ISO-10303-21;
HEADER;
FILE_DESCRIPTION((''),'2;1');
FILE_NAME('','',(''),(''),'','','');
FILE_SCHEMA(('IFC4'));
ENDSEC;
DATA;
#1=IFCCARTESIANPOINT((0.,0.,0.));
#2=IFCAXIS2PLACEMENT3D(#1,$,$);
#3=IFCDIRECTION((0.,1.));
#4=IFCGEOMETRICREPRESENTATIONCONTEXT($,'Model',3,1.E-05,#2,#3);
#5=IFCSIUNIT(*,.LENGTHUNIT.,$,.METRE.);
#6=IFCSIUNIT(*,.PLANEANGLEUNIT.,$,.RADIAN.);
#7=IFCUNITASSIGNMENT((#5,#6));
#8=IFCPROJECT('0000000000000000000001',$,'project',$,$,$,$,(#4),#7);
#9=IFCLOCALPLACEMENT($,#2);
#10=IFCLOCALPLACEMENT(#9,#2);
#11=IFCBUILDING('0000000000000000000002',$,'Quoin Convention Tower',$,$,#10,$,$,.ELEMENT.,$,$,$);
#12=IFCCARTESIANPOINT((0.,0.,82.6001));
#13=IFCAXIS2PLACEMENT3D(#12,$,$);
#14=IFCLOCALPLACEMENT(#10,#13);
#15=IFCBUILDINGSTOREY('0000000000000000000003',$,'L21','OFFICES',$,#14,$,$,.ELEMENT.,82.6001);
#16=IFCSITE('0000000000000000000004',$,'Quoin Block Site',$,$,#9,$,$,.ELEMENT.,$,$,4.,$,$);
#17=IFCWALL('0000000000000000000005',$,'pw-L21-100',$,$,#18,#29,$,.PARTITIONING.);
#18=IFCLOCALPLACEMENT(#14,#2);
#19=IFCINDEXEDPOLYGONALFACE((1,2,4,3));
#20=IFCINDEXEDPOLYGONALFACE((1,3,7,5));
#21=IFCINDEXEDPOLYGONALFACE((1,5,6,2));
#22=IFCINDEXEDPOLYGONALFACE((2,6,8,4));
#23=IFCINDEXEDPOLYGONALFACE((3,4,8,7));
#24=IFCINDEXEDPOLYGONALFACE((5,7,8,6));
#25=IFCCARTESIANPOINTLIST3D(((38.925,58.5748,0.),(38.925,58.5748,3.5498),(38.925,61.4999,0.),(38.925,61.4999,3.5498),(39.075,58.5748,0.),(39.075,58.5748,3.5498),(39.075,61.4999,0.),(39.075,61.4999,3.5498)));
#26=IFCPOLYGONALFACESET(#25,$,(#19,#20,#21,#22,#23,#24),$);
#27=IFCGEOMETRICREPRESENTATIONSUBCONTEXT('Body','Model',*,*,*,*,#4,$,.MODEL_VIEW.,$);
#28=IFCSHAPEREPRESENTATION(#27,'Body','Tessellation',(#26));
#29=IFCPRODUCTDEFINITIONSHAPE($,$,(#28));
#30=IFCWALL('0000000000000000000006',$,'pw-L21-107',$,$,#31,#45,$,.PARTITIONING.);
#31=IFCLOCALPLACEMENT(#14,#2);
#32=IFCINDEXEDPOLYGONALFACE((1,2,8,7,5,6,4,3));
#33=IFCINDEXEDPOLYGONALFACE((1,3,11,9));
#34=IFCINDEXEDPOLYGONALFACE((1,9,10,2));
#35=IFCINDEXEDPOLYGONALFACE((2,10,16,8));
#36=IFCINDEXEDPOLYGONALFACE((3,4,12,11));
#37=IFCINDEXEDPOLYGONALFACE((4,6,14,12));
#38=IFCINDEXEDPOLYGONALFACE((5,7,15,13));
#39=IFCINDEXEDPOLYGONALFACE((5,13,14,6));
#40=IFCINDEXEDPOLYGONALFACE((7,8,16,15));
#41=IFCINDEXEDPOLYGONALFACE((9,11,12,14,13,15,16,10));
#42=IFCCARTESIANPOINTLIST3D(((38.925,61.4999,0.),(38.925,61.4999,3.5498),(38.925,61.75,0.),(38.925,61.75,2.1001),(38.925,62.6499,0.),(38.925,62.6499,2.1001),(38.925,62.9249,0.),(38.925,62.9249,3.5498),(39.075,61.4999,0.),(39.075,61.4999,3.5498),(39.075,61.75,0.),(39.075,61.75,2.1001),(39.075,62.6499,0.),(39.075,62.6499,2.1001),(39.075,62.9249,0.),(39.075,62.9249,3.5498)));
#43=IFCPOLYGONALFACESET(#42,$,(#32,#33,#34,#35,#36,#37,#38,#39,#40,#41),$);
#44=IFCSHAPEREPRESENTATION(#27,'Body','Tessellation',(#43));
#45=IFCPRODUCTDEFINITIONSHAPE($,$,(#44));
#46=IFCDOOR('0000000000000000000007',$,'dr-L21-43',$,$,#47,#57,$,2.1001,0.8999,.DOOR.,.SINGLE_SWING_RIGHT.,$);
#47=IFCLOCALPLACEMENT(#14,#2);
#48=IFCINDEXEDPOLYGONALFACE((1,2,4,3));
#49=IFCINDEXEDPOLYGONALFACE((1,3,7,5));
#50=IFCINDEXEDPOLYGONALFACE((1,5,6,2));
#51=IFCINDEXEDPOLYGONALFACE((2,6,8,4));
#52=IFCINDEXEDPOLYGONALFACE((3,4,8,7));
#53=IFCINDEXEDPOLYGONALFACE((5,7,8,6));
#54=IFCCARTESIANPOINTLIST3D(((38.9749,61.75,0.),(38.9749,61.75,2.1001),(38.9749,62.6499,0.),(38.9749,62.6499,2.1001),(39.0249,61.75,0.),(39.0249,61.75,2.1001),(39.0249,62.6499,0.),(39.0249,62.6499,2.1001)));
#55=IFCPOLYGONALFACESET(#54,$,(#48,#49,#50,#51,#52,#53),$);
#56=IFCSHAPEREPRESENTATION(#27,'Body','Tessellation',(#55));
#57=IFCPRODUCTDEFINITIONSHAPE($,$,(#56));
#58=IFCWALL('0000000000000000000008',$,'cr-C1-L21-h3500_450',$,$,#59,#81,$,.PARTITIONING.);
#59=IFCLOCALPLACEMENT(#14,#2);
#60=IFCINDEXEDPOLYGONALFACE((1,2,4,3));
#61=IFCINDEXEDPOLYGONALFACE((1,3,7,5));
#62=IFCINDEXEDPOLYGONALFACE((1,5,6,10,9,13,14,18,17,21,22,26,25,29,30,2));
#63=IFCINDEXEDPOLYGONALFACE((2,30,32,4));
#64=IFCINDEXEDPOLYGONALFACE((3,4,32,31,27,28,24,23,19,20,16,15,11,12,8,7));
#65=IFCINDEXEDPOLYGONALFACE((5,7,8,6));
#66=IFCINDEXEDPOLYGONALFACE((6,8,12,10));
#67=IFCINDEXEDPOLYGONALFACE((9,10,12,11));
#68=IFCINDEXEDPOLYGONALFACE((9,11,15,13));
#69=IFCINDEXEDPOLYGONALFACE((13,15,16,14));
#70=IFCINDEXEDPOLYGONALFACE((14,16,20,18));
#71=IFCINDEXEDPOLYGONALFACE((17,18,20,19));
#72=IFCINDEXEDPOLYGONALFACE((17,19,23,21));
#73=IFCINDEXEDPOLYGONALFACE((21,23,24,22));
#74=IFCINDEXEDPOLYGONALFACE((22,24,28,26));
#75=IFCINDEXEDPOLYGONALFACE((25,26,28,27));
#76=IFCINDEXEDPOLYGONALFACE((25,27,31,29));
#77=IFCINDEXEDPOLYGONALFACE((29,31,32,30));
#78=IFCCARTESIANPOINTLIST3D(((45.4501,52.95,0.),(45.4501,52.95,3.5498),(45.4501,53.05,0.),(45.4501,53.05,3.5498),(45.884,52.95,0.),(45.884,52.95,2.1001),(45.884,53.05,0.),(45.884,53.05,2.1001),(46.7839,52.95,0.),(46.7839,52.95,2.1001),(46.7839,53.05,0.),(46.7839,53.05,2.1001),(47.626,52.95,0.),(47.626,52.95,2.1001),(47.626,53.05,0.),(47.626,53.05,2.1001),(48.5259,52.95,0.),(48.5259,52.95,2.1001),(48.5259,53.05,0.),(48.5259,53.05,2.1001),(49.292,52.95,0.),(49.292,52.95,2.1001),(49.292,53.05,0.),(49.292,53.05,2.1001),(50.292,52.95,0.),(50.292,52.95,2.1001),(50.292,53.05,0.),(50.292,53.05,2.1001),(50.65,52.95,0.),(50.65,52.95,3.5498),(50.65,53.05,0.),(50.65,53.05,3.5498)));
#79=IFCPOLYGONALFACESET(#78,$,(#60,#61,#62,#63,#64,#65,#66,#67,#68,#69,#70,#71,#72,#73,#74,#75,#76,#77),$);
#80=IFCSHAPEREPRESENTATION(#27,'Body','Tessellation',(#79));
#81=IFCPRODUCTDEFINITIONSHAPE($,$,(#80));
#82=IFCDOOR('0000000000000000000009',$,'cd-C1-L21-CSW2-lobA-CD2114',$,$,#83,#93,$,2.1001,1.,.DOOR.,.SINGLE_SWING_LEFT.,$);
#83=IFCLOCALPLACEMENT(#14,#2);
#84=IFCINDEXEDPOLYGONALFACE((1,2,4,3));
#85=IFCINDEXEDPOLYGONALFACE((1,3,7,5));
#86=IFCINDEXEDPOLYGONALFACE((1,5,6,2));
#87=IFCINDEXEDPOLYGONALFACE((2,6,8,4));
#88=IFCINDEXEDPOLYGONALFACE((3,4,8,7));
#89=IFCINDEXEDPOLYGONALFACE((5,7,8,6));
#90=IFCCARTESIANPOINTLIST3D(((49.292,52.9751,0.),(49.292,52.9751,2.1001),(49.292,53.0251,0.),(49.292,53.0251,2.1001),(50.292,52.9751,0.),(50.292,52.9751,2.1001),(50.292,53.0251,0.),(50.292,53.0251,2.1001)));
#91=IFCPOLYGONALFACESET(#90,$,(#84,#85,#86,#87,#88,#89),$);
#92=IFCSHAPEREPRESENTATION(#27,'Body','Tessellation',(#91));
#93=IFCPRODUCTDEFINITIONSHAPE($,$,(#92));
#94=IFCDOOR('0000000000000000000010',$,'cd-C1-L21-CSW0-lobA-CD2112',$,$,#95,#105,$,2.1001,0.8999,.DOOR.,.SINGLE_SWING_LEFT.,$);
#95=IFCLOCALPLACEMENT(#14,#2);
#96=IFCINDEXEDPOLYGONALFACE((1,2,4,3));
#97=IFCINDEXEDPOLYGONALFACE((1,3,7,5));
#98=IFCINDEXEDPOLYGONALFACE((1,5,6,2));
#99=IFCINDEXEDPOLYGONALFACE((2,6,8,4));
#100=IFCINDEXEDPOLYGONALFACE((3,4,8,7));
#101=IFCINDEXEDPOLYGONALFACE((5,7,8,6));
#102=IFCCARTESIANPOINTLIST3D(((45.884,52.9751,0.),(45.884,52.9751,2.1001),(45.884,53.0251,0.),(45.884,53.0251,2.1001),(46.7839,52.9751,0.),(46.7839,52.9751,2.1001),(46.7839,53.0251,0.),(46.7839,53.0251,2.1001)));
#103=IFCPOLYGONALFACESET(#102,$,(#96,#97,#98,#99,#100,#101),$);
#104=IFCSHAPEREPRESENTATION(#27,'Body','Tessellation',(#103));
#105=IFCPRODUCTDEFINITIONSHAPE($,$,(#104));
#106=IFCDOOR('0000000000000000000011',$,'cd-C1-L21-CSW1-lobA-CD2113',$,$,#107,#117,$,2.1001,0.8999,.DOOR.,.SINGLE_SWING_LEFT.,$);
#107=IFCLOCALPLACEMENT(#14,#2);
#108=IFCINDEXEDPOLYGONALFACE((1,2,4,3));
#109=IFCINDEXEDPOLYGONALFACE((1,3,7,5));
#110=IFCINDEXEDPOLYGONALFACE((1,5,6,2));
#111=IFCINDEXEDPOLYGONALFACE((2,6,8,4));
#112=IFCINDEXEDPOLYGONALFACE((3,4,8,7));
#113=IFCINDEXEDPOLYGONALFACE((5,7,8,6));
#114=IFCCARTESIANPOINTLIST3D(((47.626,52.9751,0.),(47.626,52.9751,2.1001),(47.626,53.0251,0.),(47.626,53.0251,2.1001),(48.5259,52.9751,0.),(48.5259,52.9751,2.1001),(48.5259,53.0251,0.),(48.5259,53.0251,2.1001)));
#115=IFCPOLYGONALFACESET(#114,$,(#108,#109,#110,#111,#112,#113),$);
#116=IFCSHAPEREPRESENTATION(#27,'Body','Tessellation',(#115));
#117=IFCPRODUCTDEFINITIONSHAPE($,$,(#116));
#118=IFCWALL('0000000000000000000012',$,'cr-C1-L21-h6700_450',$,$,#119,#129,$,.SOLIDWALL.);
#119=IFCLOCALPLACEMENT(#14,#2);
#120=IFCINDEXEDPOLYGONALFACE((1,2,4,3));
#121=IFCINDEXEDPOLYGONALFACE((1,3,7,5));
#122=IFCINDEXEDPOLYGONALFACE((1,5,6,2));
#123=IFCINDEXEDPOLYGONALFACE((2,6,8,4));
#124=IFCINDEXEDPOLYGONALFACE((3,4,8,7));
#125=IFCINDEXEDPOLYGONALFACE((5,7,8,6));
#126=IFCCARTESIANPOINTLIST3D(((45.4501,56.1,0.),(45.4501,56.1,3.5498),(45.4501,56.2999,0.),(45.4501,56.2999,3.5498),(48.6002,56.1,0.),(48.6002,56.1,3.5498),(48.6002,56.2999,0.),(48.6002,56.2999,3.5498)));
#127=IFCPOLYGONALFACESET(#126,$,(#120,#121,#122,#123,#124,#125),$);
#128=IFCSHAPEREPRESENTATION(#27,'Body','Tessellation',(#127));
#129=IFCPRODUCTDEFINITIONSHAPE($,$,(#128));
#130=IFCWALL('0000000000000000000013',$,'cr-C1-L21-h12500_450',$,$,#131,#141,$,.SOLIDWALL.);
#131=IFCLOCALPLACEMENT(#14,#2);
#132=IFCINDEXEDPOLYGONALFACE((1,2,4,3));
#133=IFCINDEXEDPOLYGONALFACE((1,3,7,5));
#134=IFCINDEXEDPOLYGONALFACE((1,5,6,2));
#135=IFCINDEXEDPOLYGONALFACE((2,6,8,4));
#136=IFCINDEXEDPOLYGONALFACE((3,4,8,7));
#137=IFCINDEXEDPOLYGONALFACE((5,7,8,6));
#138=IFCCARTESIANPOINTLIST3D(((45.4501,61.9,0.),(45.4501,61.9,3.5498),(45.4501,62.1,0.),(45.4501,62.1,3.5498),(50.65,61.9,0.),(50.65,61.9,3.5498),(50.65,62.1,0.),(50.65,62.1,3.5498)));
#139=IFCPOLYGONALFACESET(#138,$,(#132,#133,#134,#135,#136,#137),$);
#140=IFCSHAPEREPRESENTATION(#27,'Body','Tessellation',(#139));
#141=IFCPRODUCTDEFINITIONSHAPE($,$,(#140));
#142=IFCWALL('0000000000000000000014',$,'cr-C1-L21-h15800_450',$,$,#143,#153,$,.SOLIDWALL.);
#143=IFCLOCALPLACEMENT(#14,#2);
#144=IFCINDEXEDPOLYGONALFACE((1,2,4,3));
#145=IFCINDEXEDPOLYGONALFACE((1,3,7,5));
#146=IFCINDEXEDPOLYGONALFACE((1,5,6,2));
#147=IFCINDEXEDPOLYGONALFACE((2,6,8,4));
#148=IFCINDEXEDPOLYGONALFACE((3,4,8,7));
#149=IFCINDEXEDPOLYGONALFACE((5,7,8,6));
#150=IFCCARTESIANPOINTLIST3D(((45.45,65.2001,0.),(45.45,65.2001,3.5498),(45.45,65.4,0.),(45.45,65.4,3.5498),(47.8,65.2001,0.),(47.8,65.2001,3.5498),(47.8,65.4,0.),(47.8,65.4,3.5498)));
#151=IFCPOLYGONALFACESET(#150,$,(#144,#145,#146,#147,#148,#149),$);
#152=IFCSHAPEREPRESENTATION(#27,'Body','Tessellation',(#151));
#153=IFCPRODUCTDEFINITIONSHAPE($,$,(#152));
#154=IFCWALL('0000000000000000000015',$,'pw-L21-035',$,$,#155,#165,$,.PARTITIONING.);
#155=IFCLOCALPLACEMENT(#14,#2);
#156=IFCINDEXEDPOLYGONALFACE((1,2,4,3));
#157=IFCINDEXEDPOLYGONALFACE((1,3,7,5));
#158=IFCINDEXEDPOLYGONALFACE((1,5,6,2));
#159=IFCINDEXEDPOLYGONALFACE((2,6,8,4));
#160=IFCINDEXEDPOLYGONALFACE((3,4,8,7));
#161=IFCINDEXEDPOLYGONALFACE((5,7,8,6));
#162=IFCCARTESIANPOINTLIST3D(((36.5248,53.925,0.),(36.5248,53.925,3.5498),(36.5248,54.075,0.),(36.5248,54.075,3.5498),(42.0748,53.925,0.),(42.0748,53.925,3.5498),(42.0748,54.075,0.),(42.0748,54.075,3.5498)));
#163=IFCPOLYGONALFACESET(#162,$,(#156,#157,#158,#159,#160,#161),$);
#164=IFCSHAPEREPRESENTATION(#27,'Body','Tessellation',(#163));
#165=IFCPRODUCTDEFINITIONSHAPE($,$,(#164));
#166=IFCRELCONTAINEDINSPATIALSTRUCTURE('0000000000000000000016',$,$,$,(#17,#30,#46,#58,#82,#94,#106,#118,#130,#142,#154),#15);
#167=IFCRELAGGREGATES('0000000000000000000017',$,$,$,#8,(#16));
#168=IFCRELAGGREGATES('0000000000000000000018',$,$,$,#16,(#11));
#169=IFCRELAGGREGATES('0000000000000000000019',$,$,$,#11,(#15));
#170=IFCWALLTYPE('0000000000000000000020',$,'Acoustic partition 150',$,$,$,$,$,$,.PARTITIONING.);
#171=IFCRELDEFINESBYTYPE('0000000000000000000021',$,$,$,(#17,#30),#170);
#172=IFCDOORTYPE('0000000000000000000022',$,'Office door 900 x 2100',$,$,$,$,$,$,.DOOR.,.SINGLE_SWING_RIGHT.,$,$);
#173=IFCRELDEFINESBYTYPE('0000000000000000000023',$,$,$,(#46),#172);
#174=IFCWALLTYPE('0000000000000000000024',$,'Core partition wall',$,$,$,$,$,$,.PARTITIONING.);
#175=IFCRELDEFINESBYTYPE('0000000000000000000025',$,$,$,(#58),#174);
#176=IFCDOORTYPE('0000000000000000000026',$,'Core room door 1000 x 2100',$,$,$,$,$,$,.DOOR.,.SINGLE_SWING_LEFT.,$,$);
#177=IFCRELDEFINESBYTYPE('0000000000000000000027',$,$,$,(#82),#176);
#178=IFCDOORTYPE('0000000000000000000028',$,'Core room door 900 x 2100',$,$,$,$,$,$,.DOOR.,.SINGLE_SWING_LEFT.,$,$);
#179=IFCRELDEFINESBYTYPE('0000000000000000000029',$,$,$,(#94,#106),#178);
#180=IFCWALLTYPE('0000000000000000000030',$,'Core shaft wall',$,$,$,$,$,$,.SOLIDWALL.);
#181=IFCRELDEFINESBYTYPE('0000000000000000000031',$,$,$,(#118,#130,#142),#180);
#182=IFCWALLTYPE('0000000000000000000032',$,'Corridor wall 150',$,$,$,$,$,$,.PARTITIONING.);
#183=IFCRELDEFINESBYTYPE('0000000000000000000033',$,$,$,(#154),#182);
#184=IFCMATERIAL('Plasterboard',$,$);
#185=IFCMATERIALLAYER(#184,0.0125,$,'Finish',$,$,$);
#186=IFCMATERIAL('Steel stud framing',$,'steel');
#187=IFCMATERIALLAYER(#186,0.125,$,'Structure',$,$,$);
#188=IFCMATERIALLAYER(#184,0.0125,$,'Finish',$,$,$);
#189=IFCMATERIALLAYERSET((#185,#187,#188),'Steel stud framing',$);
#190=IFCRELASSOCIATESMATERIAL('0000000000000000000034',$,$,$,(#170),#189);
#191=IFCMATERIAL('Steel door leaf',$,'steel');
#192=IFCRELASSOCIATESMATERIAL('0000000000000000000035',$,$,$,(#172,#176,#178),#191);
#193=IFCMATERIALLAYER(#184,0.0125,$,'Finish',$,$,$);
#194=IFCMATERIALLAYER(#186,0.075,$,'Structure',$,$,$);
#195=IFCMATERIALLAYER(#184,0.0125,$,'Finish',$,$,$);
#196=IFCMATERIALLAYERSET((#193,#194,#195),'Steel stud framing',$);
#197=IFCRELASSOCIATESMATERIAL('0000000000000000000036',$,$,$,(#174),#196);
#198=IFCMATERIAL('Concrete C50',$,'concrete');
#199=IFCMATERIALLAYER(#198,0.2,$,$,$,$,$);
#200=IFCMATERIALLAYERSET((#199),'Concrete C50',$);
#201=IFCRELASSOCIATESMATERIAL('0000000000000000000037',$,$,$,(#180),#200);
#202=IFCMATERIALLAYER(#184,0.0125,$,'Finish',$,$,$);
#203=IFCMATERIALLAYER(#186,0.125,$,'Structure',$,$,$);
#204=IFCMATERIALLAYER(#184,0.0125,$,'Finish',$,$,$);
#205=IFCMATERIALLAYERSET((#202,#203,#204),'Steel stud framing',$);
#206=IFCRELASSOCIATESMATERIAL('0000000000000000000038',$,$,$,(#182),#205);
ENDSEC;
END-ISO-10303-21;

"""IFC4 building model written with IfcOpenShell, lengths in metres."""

from ifc_helpers import new_model, si_unit, direction, frame, frame_2d, origin, place, context, subcontext, project, spatial, rectangle, extrude, material, layer, layer_set, type_object, element, fill, save


model = new_model("IFC4")

# Units and contexts
model_context = context("Model", 3, precision=1e-05, world=origin(), true_north=direction((0.0, 1.0)))
body_context = subcontext(model_context, "Body", "Model", "MODEL_VIEW")
ifc_project = project(units=[si_unit("LENGTHUNIT", "METRE"), si_unit("PLANEANGLEUNIT", "RADIAN")], contexts=[model_context])

# Site, building, storey
site_placement = place(None, origin())
site = spatial("IfcSite", under=ifc_project, at=site_placement, Name="Quoin Block Site", CompositionType="ELEMENT", RefElevation=4.0)
building_placement = place(site_placement, origin())
building = spatial("IfcBuilding", under=site, at=building_placement, Name="Quoin Convention Tower", CompositionType="ELEMENT")
storey_placement = place(building_placement, frame((0.0, 0.0, 82.6001)))
storey = spatial("IfcBuildingStorey", under=building, at=storey_placement, Name="L21", Description="OFFICES", CompositionType="ELEMENT", Elevation=82.6001)

# Wall
ifc_material_1 = material(Name="Plasterboard")
ifc_layer_1 = layer(ifc_material_1, 0.0125, Name="Finish")
ifc_material_2 = material(Name="Steel stud framing", Category="steel")
ifc_layer_2 = layer(ifc_material_2, 0.125, Name="Structure")
ifc_layer_3 = layer(ifc_material_1, 0.0125, Name="Finish")
ifc_layer_set_1 = layer_set([ifc_layer_1, ifc_layer_2, ifc_layer_3], Name="Steel stud framing")
wall_type_1 = type_object("IfcWallType", Name="Acoustic partition 150", PredefinedType="PARTITIONING", material=ifc_layer_set_1)
wall_1_placement = place(storey_placement, frame((39.0, 58.575, 0.0), z_axis=(0.0, 0.0, 1.0), x_axis=(0.0, 1.0, 0.0)))
element("IfcWall", 1, at=wall_1_placement, inside=storey, type_object=wall_type_1, Name="pw-L21-100", PredefinedType="PARTITIONING", context=body_context, shape_type="SweptSolid", body=[
    extrude(rectangle(XDim=2.925, YDim=0.1499, at=frame_2d((1.4624, 0.0))), origin(), (0.0, 0.0, 1.0), 3.5498),
])

# Wall, opening, door
wall_2_placement = place(storey_placement, frame((39.0, 61.5, 0.0), z_axis=(0.0, 0.0, 1.0), x_axis=(0.0, 1.0, 0.0)))
wall_2 = element("IfcWall", 2, at=wall_2_placement, inside=storey, type_object=wall_type_1, Name="pw-L21-107", PredefinedType="PARTITIONING", context=body_context, shape_type="SweptSolid", body=[
    extrude(rectangle(XDim=1.425, YDim=0.1499, at=frame_2d((0.7124, 0.0))), origin(), (0.0, 0.0, 1.0), 3.5498),
])
opening_1_placement = place(wall_2_placement, frame((0.25, 0.0, 0.0)))
opening_1 = element("IfcOpeningElement", 3, at=opening_1_placement, cuts=wall_2, PredefinedType="OPENING", context=body_context, shape_type="SweptSolid", body=[
    extrude(rectangle(XDim=0.8999, YDim=2.1001, at=frame_2d((0.45, 1.05))), frame((0.0, 0.085, 0.0), z_axis=(0.0, -1.0, 0.0), x_axis=(1.0, 0.0, 0.0)), (0.0, 0.0, 1.0), 0.1699),
])
ifc_material_3 = material(Name="Steel door leaf", Category="steel")
door_type_1 = type_object("IfcDoorType", Name="Office door 900 x 2100", OperationType="SINGLE_SWING_RIGHT", PredefinedType="DOOR", material=ifc_material_3)
door_1_placement = place(opening_1_placement, frame((0.8999, 0.0, 0.0), z_axis=(0.0, 0.0, 1.0), x_axis=(-1.0, 0.0, 0.0)))
door_1 = element("IfcDoor", 4, at=door_1_placement, inside=storey, type_object=door_type_1, Name="dr-L21-43", OperationType="SINGLE_SWING_RIGHT", OverallHeight=2.1001, OverallWidth=0.8999, PredefinedType="DOOR", context=body_context, shape_type="SweptSolid", body=[
    extrude(rectangle(XDim=0.8999, YDim=2.1001, at=frame_2d((0.45, 1.05))), frame((0.0, 0.0249, 0.0), z_axis=(0.0, -1.0, 0.0), x_axis=(1.0, 0.0, 0.0)), (0.0, 0.0, 1.0), 0.05),
])
fill(opening_1, door_1)

# Wall, openings, doors
ifc_layer_4 = layer(ifc_material_1, 0.0125, Name="Finish")
ifc_layer_5 = layer(ifc_material_2, 0.075, Name="Structure")
ifc_layer_6 = layer(ifc_material_1, 0.0125, Name="Finish")
ifc_layer_set_2 = layer_set([ifc_layer_4, ifc_layer_5, ifc_layer_6], Name="Steel stud framing")
wall_type_2 = type_object("IfcWallType", Name="Core partition wall", PredefinedType="PARTITIONING", material=ifc_layer_set_2)
wall_3_placement = place(storey_placement, frame((45.45, 53.0, 0.0), z_axis=(0.0, 0.0, 1.0), x_axis=(1.0, 0.0, 0.0)))
wall_3 = element("IfcWall", 5, at=wall_3_placement, inside=storey, type_object=wall_type_2, Name="cr-C1-L21-h3500_450", PredefinedType="PARTITIONING", context=body_context, shape_type="SweptSolid", body=[
    extrude(rectangle(XDim=5.2, YDim=0.1001, at=frame_2d((2.6001, 0.0))), origin(), (0.0, 0.0, 1.0), 3.5498),
])
opening_2_placement = place(wall_3_placement, frame((0.4341, 0.0, 0.0)))
opening_2 = element("IfcOpeningElement", 6, at=opening_2_placement, cuts=wall_3, PredefinedType="OPENING", context=body_context, shape_type="SweptSolid", body=[
    extrude(rectangle(XDim=0.8999, YDim=2.1001, at=frame_2d((0.45, 1.05))), frame((0.0, 0.0601, 0.0), z_axis=(0.0, -1.0, 0.0), x_axis=(1.0, 0.0, 0.0)), (0.0, 0.0, 1.0), 0.1201),
])
opening_3_placement = place(wall_3_placement, frame((2.176, 0.0, 0.0)))
opening_3 = element("IfcOpeningElement", 7, at=opening_3_placement, cuts=wall_3, PredefinedType="OPENING", context=body_context, shape_type="SweptSolid", body=[
    extrude(rectangle(XDim=0.8999, YDim=2.1001, at=frame_2d((0.45, 1.05))), frame((0.0, 0.0601, 0.0), z_axis=(0.0, -1.0, 0.0), x_axis=(1.0, 0.0, 0.0)), (0.0, 0.0, 1.0), 0.1201),
])
opening_4_placement = place(wall_3_placement, frame((3.842, 0.0, 0.0)))
opening_4 = element("IfcOpeningElement", 8, at=opening_4_placement, cuts=wall_3, PredefinedType="OPENING", context=body_context, shape_type="SweptSolid", body=[
    extrude(rectangle(XDim=1.0, YDim=2.1001, at=frame_2d((0.5, 1.05))), frame((0.0, 0.0601, 0.0), z_axis=(0.0, -1.0, 0.0), x_axis=(1.0, 0.0, 0.0)), (0.0, 0.0, 1.0), 0.1201),
])
door_type_2 = type_object("IfcDoorType", Name="Core room door 1000 x 2100", OperationType="SINGLE_SWING_LEFT", PredefinedType="DOOR", material=ifc_material_3)
door_2_placement = place(opening_4_placement, frame((1.0, 0.0, 0.0), z_axis=(0.0, 0.0, 1.0), x_axis=(-1.0, 0.0, 0.0)))
door_2 = element("IfcDoor", 9, at=door_2_placement, inside=storey, type_object=door_type_2, Name="cd-C1-L21-CSW2-lobA-CD2114", OperationType="SINGLE_SWING_LEFT", OverallHeight=2.1001, OverallWidth=1.0, PredefinedType="DOOR", context=body_context, shape_type="SweptSolid", body=[
    extrude(rectangle(XDim=1.0, YDim=2.1001, at=frame_2d((0.5, 1.05))), frame((0.0, 0.0249, 0.0), z_axis=(0.0, -1.0, 0.0), x_axis=(1.0, 0.0, 0.0)), (0.0, 0.0, 1.0), 0.05),
])
fill(opening_4, door_2)
door_type_3 = type_object("IfcDoorType", Name="Core room door 900 x 2100", OperationType="SINGLE_SWING_LEFT", PredefinedType="DOOR", material=ifc_material_3)
door_3_placement = place(opening_2_placement, frame((0.8999, 0.0, 0.0), z_axis=(0.0, 0.0, 1.0), x_axis=(-1.0, 0.0, 0.0)))
door_3 = element("IfcDoor", 10, at=door_3_placement, inside=storey, type_object=door_type_3, Name="cd-C1-L21-CSW0-lobA-CD2112", OperationType="SINGLE_SWING_LEFT", OverallHeight=2.1001, OverallWidth=0.8999, PredefinedType="DOOR", context=body_context, shape_type="SweptSolid", body=[
    extrude(rectangle(XDim=0.8999, YDim=2.1001, at=frame_2d((0.45, 1.05))), frame((0.0, 0.0249, 0.0), z_axis=(0.0, -1.0, 0.0), x_axis=(1.0, 0.0, 0.0)), (0.0, 0.0, 1.0), 0.05),
])
fill(opening_2, door_3)
door_4_placement = place(opening_3_placement, frame((0.8999, 0.0, 0.0), z_axis=(0.0, 0.0, 1.0), x_axis=(-1.0, 0.0, 0.0)))
door_4 = element("IfcDoor", 11, at=door_4_placement, inside=storey, type_object=door_type_3, Name="cd-C1-L21-CSW1-lobA-CD2113", OperationType="SINGLE_SWING_LEFT", OverallHeight=2.1001, OverallWidth=0.8999, PredefinedType="DOOR", context=body_context, shape_type="SweptSolid", body=[
    extrude(rectangle(XDim=0.8999, YDim=2.1001, at=frame_2d((0.45, 1.05))), frame((0.0, 0.0249, 0.0), z_axis=(0.0, -1.0, 0.0), x_axis=(1.0, 0.0, 0.0)), (0.0, 0.0, 1.0), 0.05),
])
fill(opening_3, door_4)

# Walls
ifc_material_4 = material(Name="Concrete C50", Category="concrete")
ifc_layer_7 = layer(ifc_material_4, 0.2)
ifc_layer_set_3 = layer_set([ifc_layer_7], Name="Concrete C50")
wall_type_3 = type_object("IfcWallType", Name="Core shaft wall", PredefinedType="SOLIDWALL", material=ifc_layer_set_3)
wall_4_placement = place(storey_placement, frame((45.45, 56.2, 0.0), z_axis=(0.0, 0.0, 1.0), x_axis=(1.0, 0.0, 0.0)))
element("IfcWall", 12, at=wall_4_placement, inside=storey, type_object=wall_type_3, Name="cr-C1-L21-h6700_450", PredefinedType="SOLIDWALL", context=body_context, shape_type="SweptSolid", body=[
    extrude(rectangle(XDim=3.1501, YDim=0.2, at=frame_2d((1.5752, 0.0))), origin(), (0.0, 0.0, 1.0), 3.5498),
])
wall_5_placement = place(storey_placement, frame((45.45, 62.0, 0.0), z_axis=(0.0, 0.0, 1.0), x_axis=(1.0, 0.0, 0.0)))
element("IfcWall", 13, at=wall_5_placement, inside=storey, type_object=wall_type_3, Name="cr-C1-L21-h12500_450", PredefinedType="SOLIDWALL", context=body_context, shape_type="SweptSolid", body=[
    extrude(rectangle(XDim=5.2, YDim=0.2, at=frame_2d((2.6001, 0.0))), origin(), (0.0, 0.0, 1.0), 3.5498),
])
wall_6_placement = place(storey_placement, frame((45.45, 65.3, 0.0), z_axis=(0.0, 0.0, 1.0), x_axis=(1.0, 0.0, 0.0)))
element("IfcWall", 14, at=wall_6_placement, inside=storey, type_object=wall_type_3, Name="cr-C1-L21-h15800_450", PredefinedType="SOLIDWALL", context=body_context, shape_type="SweptSolid", body=[
    extrude(rectangle(XDim=2.3501, YDim=0.2, at=frame_2d((1.175, 0.0))), origin(), (0.0, 0.0, 1.0), 3.5498),
])
ifc_layer_8 = layer(ifc_material_1, 0.0125, Name="Finish")
ifc_layer_9 = layer(ifc_material_2, 0.125, Name="Structure")
ifc_layer_10 = layer(ifc_material_1, 0.0125, Name="Finish")
ifc_layer_set_4 = layer_set([ifc_layer_8, ifc_layer_9, ifc_layer_10], Name="Steel stud framing")
wall_type_4 = type_object("IfcWallType", Name="Corridor wall 150", PredefinedType="PARTITIONING", material=ifc_layer_set_4)
wall_7_placement = place(storey_placement, frame((36.5249, 54.0, 0.0), z_axis=(0.0, 0.0, 1.0), x_axis=(1.0, 0.0, 0.0)))
element("IfcWall", 15, at=wall_7_placement, inside=storey, type_object=wall_type_4, Name="pw-L21-035", PredefinedType="PARTITIONING", context=body_context, shape_type="SweptSolid", body=[
    extrude(rectangle(XDim=5.55, YDim=0.1499, at=frame_2d((2.7749, 0.0))), origin(), (0.0, 0.0, 1.0), 3.5498),
])

save(model, "model.ifc")
